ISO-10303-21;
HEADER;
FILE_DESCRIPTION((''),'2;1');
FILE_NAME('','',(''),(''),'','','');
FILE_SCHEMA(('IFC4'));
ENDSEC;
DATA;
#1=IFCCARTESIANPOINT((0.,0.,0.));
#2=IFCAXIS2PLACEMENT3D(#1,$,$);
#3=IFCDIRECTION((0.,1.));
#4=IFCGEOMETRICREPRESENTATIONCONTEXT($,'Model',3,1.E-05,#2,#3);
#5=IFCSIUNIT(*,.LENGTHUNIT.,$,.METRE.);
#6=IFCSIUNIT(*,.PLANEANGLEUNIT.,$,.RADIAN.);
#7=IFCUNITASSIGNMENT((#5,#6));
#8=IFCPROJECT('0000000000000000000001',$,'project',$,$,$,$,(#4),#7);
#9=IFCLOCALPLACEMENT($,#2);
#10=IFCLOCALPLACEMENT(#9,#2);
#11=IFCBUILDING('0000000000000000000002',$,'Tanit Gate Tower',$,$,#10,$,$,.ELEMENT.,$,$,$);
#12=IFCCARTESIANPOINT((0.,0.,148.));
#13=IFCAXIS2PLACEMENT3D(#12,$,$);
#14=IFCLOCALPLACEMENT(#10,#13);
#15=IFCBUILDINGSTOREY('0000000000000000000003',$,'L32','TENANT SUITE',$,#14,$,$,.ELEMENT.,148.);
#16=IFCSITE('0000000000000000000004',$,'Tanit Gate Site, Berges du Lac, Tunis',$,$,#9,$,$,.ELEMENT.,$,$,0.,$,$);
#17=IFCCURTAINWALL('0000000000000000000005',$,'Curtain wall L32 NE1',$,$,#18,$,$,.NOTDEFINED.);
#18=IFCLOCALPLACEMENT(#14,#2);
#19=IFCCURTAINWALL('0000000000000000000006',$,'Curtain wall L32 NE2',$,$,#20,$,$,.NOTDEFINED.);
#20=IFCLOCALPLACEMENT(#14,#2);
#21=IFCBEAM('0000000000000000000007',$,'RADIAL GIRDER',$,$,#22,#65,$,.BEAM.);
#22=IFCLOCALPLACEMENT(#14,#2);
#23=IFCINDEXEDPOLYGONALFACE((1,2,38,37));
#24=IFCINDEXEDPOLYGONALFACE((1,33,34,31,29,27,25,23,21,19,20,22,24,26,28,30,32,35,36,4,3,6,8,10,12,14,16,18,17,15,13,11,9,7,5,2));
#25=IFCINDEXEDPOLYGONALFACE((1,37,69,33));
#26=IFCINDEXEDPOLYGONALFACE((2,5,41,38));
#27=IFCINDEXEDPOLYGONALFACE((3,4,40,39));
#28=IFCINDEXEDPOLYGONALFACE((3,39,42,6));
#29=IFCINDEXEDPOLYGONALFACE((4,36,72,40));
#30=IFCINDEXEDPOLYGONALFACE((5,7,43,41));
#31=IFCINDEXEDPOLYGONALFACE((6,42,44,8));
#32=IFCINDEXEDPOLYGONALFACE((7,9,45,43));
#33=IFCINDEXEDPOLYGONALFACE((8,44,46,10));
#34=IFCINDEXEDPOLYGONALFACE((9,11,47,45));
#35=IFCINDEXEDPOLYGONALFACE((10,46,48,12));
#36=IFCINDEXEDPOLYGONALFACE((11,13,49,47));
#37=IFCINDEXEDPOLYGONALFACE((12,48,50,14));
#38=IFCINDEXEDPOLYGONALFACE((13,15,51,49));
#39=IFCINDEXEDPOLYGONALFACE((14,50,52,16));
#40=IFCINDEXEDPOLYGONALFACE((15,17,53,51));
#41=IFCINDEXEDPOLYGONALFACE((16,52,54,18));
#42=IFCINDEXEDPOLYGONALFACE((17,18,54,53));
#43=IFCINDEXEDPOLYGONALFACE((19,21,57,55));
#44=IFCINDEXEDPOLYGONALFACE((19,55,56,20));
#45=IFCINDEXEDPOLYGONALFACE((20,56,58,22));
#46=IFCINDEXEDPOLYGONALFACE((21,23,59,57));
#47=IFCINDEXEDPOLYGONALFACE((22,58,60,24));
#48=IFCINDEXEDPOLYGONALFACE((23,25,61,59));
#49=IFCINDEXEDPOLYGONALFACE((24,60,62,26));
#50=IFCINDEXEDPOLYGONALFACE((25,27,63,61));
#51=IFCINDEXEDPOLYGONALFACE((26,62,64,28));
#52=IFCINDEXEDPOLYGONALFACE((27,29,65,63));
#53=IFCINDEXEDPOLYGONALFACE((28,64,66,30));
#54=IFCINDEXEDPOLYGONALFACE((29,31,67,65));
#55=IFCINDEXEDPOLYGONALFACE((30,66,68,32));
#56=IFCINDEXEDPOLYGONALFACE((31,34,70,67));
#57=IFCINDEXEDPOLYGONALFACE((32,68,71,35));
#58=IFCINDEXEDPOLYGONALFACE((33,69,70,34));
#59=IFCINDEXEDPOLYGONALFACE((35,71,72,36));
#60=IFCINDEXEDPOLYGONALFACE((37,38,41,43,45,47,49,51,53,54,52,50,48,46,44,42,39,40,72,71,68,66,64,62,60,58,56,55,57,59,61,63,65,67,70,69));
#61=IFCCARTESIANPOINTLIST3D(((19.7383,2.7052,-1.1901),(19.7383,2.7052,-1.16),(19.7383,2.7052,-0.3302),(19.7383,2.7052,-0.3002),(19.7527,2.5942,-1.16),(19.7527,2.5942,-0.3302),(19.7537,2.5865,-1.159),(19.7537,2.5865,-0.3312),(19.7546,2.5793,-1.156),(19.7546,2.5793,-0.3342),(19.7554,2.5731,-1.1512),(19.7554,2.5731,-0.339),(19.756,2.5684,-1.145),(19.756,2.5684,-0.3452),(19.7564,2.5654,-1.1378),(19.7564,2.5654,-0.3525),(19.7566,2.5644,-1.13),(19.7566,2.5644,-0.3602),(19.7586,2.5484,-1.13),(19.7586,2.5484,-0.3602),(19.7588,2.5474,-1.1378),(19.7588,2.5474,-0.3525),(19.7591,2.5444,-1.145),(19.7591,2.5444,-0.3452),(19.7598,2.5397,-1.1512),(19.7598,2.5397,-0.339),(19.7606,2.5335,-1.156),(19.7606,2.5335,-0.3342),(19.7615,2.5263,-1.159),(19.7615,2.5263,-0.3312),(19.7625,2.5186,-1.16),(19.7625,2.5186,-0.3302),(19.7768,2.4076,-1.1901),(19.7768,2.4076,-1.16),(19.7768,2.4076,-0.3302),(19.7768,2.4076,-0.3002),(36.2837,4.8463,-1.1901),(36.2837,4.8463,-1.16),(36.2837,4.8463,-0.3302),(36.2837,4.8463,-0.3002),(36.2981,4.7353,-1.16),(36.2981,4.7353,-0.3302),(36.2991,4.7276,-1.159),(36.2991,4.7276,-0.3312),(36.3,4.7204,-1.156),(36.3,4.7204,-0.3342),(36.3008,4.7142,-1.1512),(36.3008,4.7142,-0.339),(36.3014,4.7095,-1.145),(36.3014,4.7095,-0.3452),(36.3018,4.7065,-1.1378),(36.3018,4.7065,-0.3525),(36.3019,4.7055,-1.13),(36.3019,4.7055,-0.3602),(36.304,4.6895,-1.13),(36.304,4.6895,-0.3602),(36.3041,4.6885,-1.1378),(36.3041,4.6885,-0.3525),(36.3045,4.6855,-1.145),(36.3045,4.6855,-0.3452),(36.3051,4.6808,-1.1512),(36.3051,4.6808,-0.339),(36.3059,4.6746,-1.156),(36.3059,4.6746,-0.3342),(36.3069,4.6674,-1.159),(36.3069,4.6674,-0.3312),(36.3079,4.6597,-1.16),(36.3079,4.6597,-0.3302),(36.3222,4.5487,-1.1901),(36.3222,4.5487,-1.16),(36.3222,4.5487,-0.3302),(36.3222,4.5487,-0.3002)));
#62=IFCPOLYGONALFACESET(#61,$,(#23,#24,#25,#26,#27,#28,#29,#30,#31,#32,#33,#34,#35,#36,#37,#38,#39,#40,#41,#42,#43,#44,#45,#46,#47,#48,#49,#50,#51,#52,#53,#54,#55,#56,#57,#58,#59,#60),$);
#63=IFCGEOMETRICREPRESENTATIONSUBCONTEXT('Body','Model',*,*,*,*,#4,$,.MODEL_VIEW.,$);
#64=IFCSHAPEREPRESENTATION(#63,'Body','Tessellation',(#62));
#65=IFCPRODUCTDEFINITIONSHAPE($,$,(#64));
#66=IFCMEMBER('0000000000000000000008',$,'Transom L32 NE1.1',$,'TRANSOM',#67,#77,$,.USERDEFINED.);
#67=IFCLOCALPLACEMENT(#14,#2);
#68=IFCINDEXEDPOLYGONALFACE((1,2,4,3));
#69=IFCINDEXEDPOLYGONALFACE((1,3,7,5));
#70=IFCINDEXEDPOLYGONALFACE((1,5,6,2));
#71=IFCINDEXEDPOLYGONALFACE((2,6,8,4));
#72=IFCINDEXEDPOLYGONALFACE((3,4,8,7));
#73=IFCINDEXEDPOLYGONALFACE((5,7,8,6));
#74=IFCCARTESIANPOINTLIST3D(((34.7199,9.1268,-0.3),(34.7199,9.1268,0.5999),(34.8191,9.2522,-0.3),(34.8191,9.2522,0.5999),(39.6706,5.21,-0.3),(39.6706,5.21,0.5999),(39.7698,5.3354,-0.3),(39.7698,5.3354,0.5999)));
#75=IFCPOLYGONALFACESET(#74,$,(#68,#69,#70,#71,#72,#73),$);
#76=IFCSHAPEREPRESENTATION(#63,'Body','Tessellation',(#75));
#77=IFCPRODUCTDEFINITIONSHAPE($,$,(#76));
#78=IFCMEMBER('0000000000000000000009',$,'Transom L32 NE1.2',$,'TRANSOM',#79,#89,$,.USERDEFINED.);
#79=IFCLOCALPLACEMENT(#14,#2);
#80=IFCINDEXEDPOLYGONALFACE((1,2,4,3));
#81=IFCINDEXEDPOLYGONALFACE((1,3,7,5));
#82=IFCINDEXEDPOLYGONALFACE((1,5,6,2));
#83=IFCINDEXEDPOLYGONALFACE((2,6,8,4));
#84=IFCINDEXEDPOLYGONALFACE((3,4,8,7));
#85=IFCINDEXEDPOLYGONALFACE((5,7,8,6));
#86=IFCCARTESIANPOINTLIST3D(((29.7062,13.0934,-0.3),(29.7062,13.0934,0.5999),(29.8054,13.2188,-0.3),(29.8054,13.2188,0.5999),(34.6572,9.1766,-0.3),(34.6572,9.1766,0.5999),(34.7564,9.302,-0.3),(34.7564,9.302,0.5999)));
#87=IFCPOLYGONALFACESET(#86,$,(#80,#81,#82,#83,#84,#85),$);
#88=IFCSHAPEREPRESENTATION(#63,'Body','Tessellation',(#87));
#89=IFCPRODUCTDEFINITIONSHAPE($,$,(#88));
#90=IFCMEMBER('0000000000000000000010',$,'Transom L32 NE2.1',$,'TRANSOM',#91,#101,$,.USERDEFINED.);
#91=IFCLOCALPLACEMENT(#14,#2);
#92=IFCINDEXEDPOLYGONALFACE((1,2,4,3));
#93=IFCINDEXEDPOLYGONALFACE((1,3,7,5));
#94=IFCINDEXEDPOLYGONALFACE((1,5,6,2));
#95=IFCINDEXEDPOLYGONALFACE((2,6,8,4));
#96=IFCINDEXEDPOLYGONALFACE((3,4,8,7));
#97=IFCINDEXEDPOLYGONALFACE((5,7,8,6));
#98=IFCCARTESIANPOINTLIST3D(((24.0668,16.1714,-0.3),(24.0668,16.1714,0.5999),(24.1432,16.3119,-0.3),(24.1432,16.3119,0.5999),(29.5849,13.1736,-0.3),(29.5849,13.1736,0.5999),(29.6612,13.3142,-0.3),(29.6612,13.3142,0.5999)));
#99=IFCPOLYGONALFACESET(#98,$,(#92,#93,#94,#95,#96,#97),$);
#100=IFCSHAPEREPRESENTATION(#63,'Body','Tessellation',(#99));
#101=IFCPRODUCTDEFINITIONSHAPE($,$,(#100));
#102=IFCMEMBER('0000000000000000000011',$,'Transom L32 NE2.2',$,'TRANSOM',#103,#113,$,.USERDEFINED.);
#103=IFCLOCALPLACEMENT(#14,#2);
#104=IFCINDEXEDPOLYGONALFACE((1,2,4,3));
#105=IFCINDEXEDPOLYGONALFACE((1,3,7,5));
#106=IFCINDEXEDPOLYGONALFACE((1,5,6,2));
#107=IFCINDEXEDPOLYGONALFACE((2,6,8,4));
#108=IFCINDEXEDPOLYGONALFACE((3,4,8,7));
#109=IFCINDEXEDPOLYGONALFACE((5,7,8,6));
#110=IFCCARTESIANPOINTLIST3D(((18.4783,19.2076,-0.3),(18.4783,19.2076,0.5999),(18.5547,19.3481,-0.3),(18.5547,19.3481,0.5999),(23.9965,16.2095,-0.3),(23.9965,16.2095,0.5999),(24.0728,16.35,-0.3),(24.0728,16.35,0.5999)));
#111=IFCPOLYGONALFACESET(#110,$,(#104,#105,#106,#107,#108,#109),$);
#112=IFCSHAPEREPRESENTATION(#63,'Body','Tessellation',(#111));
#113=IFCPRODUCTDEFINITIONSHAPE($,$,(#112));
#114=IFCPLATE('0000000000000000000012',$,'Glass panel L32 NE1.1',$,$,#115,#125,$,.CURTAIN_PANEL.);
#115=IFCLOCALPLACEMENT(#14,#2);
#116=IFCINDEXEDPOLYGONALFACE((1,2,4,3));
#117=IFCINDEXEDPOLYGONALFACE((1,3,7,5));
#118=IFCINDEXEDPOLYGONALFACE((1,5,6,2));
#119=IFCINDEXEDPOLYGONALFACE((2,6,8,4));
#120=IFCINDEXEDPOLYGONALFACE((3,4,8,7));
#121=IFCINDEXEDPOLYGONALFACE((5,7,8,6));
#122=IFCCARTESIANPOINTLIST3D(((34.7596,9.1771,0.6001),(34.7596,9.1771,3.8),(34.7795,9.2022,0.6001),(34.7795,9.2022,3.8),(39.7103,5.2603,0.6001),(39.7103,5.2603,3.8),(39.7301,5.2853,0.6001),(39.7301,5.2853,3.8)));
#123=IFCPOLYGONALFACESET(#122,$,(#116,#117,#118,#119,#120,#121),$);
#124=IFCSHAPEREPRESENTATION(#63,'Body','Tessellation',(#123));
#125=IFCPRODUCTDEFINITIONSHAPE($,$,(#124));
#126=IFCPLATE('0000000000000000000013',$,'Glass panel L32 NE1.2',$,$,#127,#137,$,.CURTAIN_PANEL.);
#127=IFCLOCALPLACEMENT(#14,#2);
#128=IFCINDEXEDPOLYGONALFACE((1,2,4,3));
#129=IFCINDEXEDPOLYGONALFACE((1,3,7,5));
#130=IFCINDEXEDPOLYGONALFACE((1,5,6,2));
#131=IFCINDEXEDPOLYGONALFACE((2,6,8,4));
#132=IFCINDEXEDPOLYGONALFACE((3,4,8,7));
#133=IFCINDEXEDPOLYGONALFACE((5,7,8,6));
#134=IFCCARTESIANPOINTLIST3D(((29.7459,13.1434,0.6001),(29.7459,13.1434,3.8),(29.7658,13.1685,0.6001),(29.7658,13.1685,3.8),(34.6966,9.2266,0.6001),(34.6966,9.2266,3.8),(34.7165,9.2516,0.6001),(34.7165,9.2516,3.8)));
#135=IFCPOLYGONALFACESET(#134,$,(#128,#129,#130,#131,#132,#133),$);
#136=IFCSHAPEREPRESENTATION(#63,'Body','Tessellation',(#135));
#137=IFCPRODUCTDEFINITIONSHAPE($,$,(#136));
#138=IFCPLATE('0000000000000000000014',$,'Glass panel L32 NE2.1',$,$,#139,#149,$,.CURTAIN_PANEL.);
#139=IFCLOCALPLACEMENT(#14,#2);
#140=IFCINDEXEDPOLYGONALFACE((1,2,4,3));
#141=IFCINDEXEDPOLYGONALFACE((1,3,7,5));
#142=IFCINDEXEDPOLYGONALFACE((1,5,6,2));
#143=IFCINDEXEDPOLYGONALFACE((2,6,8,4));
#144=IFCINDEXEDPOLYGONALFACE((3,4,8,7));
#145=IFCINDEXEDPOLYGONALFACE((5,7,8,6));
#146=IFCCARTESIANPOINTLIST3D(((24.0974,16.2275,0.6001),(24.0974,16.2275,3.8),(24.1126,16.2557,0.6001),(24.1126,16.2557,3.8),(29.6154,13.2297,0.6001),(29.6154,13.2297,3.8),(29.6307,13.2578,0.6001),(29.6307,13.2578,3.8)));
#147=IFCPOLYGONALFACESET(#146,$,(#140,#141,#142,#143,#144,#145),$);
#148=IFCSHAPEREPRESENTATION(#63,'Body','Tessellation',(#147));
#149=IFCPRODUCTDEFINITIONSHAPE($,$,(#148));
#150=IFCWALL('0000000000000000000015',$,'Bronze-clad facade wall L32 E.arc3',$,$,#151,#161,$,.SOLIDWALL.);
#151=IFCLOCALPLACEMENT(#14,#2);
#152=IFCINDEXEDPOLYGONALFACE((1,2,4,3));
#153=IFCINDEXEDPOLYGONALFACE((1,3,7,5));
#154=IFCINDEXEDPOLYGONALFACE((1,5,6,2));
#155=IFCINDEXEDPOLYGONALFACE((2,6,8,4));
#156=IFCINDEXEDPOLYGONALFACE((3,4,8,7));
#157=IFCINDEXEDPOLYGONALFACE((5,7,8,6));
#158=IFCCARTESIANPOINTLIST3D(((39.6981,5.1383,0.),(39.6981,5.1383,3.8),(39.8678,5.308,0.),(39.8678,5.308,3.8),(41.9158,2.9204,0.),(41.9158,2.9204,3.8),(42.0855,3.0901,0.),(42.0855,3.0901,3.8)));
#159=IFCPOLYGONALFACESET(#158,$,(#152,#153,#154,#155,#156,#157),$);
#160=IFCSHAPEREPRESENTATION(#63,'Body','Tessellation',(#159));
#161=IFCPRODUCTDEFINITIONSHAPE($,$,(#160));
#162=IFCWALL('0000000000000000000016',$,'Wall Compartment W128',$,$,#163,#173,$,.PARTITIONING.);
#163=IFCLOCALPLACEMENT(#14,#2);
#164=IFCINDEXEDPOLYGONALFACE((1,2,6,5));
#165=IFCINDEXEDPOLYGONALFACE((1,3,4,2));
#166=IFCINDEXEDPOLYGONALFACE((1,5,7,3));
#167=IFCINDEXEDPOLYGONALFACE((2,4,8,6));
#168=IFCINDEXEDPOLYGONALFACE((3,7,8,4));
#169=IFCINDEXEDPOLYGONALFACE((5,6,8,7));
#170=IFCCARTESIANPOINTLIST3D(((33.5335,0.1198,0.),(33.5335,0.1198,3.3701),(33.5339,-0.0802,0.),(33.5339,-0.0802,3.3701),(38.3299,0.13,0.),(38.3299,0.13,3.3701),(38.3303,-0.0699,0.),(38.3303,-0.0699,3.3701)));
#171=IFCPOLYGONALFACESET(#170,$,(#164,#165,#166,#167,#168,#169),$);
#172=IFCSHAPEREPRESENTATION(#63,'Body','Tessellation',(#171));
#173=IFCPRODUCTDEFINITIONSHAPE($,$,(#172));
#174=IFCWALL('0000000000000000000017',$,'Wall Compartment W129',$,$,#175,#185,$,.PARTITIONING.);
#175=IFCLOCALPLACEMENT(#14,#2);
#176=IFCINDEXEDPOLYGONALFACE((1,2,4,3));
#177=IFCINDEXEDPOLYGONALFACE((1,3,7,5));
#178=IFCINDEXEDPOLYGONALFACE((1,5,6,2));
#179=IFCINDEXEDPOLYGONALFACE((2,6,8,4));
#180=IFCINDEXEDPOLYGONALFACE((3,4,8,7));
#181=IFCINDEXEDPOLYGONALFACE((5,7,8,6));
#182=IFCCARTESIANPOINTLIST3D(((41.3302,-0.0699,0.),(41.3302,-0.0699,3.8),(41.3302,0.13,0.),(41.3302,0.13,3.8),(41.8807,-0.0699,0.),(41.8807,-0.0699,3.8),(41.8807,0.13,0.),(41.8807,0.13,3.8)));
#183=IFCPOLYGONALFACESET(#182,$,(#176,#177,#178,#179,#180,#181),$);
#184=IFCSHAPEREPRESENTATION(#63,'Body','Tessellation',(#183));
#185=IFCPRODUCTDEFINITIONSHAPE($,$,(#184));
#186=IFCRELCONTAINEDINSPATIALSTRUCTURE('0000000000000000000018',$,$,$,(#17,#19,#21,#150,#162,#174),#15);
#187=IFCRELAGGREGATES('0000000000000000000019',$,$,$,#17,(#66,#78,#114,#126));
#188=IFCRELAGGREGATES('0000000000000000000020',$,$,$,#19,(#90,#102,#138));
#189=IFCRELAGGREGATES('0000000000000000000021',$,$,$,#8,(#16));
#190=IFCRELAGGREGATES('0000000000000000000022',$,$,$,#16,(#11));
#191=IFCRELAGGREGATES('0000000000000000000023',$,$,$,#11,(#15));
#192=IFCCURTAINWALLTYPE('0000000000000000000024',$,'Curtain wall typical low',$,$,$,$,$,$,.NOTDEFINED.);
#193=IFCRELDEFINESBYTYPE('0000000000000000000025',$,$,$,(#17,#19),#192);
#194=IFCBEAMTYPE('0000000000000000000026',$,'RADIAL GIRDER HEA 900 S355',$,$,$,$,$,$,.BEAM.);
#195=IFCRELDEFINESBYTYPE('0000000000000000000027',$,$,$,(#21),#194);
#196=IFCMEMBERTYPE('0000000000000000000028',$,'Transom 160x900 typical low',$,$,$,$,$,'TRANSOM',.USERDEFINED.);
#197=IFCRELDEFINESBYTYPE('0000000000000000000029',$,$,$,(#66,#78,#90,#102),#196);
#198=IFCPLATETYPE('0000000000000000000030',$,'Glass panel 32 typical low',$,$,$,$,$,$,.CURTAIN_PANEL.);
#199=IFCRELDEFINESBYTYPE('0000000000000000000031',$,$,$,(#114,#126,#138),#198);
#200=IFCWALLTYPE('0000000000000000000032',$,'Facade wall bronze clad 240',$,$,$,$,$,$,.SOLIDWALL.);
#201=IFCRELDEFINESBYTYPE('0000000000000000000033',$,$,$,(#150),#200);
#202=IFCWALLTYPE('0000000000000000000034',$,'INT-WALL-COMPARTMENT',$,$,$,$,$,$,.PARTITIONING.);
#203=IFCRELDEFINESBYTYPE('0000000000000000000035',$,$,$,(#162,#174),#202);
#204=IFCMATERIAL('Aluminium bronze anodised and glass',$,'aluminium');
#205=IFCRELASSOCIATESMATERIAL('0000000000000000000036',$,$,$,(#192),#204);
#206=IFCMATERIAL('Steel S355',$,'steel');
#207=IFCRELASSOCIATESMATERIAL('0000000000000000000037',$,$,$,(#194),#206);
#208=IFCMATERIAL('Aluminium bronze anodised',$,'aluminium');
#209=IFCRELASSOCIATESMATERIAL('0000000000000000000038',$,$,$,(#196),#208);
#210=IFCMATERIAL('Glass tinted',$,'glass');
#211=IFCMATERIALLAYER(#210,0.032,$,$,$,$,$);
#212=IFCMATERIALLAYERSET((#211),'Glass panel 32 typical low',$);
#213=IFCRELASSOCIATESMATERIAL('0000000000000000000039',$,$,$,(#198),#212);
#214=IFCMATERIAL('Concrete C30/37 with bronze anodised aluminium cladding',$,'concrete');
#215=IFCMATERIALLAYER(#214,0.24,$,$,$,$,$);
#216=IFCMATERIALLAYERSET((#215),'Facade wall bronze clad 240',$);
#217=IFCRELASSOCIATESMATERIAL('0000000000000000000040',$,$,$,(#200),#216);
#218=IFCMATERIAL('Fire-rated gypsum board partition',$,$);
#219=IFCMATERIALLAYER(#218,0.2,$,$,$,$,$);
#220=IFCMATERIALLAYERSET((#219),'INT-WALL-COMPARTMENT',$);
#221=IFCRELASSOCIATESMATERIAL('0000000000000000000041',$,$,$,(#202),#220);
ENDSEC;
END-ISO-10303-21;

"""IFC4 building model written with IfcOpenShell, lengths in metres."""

from ifc_helpers import new_model, si_unit, direction, frame, frame_2d, origin, origin_2d, place, context, subcontext, project, spatial, rectangle, i_section, extrude, material, layer, layer_set, material_profile, profile_set, type_object, element, aggregate, save


model = new_model("IFC4")

# Units and contexts
model_context = context("Model", 3, precision=1e-05, world=origin(), true_north=direction((0.0, 1.0)))
body_context = subcontext(model_context, "Body", "Model", "MODEL_VIEW")
ifc_project = project(units=[si_unit("LENGTHUNIT", "METRE"), si_unit("PLANEANGLEUNIT", "RADIAN")], contexts=[model_context])

# Site, building, storey
site_placement = place(None, origin())
site = spatial("IfcSite", under=ifc_project, at=site_placement, Name="Tanit Gate Site, Berges du Lac, Tunis", CompositionType="ELEMENT", RefElevation=0.0)
building_placement = place(site_placement, origin())
building = spatial("IfcBuilding", under=site, at=building_placement, Name="Tanit Gate Tower", CompositionType="ELEMENT")
storey_placement = place(building_placement, frame((0.0, 0.0, 148.0)))
storey = spatial("IfcBuildingStorey", under=building, at=storey_placement, Name="L32", Description="TENANT SUITE", CompositionType="ELEMENT", Elevation=148.0)

# Curtain wall
ifc_material_1 = material(Name="Aluminium bronze anodised and glass", Category="aluminium")
curtain_wall_type = type_object("IfcCurtainWallType", Name="Curtain wall typical low", PredefinedType="NOTDEFINED", material=ifc_material_1)
curtain_wall_1_placement = place(storey_placement, origin())
curtain_wall_1 = element("IfcCurtainWall", 1, at=curtain_wall_1_placement, inside=storey, type_object=curtain_wall_type, Name="Curtain wall L32 NE1", PredefinedType="NOTDEFINED")

# Curtain wall
curtain_wall_2_placement = place(storey_placement, origin())
curtain_wall_2 = element("IfcCurtainWall", 2, at=curtain_wall_2_placement, inside=storey, type_object=curtain_wall_type, Name="Curtain wall L32 NE2", PredefinedType="NOTDEFINED")

# Beam
ifc_material_2 = material(Name="Steel S355", Category="steel")
ifc_material_profile_1 = material_profile(ifc_material_2, i_section(OverallWidth=0.3, OverallDepth=0.8899, WebThickness=0.0161, FlangeThickness=0.03, FilletRadius=0.03, at=origin_2d()), Name="HEA 900")
ifc_profile_set_1 = profile_set([ifc_material_profile_1], Name="Steel S355")
beam_type_1 = type_object("IfcBeamType", Name="RADIAL GIRDER HEA 900 S355", PredefinedType="BEAM", material=ifc_profile_set_1)
beam_1_placement = place(storey_placement, frame((36.303, 4.6975, -0.7451), z_axis=(-0.99173, -0.128338, 0.0), x_axis=(0.128338, -0.99173, 0.0)))
element("IfcBeam", 3, at=beam_1_placement, inside=storey, type_object=beam_type_1, Name="RADIAL GIRDER", PredefinedType="BEAM", context=body_context, shape_type="SweptSolid", body=[
    extrude(i_section(OverallWidth=0.3, OverallDepth=0.8899, WebThickness=0.0161, FlangeThickness=0.03, FilletRadius=0.03, at=origin_2d()), origin(), (0.0, 0.0, 1.0), 16.6833),
])

# Members
ifc_material_3 = material(Name="Aluminium bronze anodised", Category="aluminium")
ifc_material_profile_2 = material_profile(ifc_material_3, rectangle(XDim=0.1599, YDim=0.8999, at=origin_2d()), Name="160x900 bronze transom")
ifc_profile_set_2 = profile_set([ifc_material_profile_2], Name="Aluminium bronze anodised")
member_type_1 = type_object("IfcMemberType", Name="Transom 160x900 typical low", ElementType="TRANSOM", PredefinedType="USERDEFINED", material=ifc_profile_set_2)
member_1_placement = place(storey_placement, frame((39.7202, 5.2727, 0.1499), z_axis=(-0.784242, 0.620455, 0.0), x_axis=(-0.620455, -0.784242, 0.0)))
member_1 = element("IfcMember", 4, at=member_1_placement, type_object=member_type_1, Name="Transom L32 NE1.1", ObjectType="TRANSOM", PredefinedType="USERDEFINED", context=body_context, shape_type="SweptSolid", body=[
    extrude(rectangle(XDim=0.1599, YDim=0.8999, at=origin_2d()), origin(), (0.0, 0.0, 1.0), 6.3127),
])
member_2_placement = place(storey_placement, frame((34.7068, 9.2393, 0.1499), z_axis=(-0.784257, 0.620436, 0.0), x_axis=(-0.620436, -0.784257, 0.0)))
member_2 = element("IfcMember", 5, at=member_2_placement, type_object=member_type_1, Name="Transom L32 NE1.2", ObjectType="TRANSOM", PredefinedType="USERDEFINED", context=body_context, shape_type="SweptSolid", body=[
    extrude(rectangle(XDim=0.1599, YDim=0.8999, at=origin_2d()), origin(), (0.0, 0.0, 1.0), 6.313),
])
member_3_placement = place(storey_placement, frame((29.623, 13.2439, 0.1499), z_axis=(-0.878701, 0.477372, 0.0), x_axis=(-0.477372, -0.878701, 0.0)))
member_3 = element("IfcMember", 6, at=member_3_placement, type_object=member_type_1, Name="Transom L32 NE2.1", ObjectType="TRANSOM", PredefinedType="USERDEFINED", context=body_context, shape_type="SweptSolid", body=[
    extrude(rectangle(XDim=0.1599, YDim=0.8999, at=origin_2d()), origin(), (0.0, 0.0, 1.0), 6.2798),
])
member_4_placement = place(storey_placement, frame((24.0347, 16.2798, 0.1499), z_axis=(-0.878685, 0.477402, 0.0), x_axis=(-0.477402, -0.878685, 0.0)))
member_4 = element("IfcMember", 7, at=member_4_placement, type_object=member_type_1, Name="Transom L32 NE2.2", ObjectType="TRANSOM", PredefinedType="USERDEFINED", context=body_context, shape_type="SweptSolid", body=[
    extrude(rectangle(XDim=0.1599, YDim=0.8999, at=origin_2d()), origin(), (0.0, 0.0, 1.0), 6.28),
])

# Plates
ifc_material_4 = material(Name="Glass tinted", Category="glass")
ifc_layer_1 = layer(ifc_material_4, 0.032)
ifc_layer_set_1 = layer_set([ifc_layer_1], Name="Glass panel 32 typical low")
plate_type = type_object("IfcPlateType", Name="Glass panel 32 typical low", PredefinedType="CURTAIN_PANEL", material=ifc_layer_set_1)
plate_1_placement = place(storey_placement, frame((37.2449, 7.2312, 0.6001), z_axis=(0.0, 0.0, 1.0), x_axis=(-0.784237, 0.620462, 0.0)))
plate_1 = element("IfcPlate", 8, at=plate_1_placement, type_object=plate_type, Name="Glass panel L32 NE1.1", PredefinedType="CURTAIN_PANEL", context=body_context, shape_type="SweptSolid", body=[
    extrude(rectangle(XDim=6.3127, YDim=0.032, at=origin_2d()), origin(), (0.0, 0.0, 1.0), 3.2),
])
plate_2_placement = place(storey_placement, frame((32.2312, 11.1975, 0.6001), z_axis=(0.0, 0.0, 1.0), x_axis=(-0.784237, 0.620462, 0.0)))
plate_2 = element("IfcPlate", 9, at=plate_2_placement, type_object=plate_type, Name="Glass panel L32 NE1.2", PredefinedType="CURTAIN_PANEL", context=body_context, shape_type="SweptSolid", body=[
    extrude(rectangle(XDim=6.3127, YDim=0.032, at=origin_2d()), origin(), (0.0, 0.0, 1.0), 3.2),
])
aggregate(curtain_wall_1, [member_1, member_2, plate_1, plate_2])
plate_3_placement = place(storey_placement, frame((26.864, 14.7427, 0.6001), z_axis=(0.0, 0.0, 1.0), x_axis=(-0.878696, 0.477381, 0.0)))
plate_3 = element("IfcPlate", 10, at=plate_3_placement, type_object=plate_type, Name="Glass panel L32 NE2.1", PredefinedType="CURTAIN_PANEL", context=body_context, shape_type="SweptSolid", body=[
    extrude(rectangle(XDim=6.2798, YDim=0.032, at=origin_2d()), origin(), (0.0, 0.0, 1.0), 3.2),
])
aggregate(curtain_wall_2, [member_3, member_4, plate_3])

# Walls
ifc_material_5 = material(Name="Concrete C30/37 with bronze anodised aluminium cladding", Category="concrete")
ifc_layer_2 = layer(ifc_material_5, 0.24)
ifc_layer_set_2 = layer_set([ifc_layer_2], Name="Facade wall bronze clad 240")
wall_type_1 = type_object("IfcWallType", Name="Facade wall bronze clad 240", PredefinedType="SOLIDWALL", material=ifc_layer_set_2)
wall_1_placement = place(storey_placement, frame((42.0007, 3.0051, 0.0), z_axis=(0.0, 0.0, 1.0), x_axis=(-0.707068, 0.707146, 0.0)))
element("IfcWall", 11, at=wall_1_placement, inside=storey, type_object=wall_type_1, Name="Bronze-clad facade wall L32 E.arc3", PredefinedType="SOLIDWALL", context=body_context, shape_type="SweptSolid", body=[
    extrude(rectangle(XDim=3.1365, YDim=0.24, at=frame_2d((1.5684, 0.0))), origin(), (0.0, 0.0, 1.0), 3.8),
])
ifc_material_6 = material(Name="Fire-rated gypsum board partition")
ifc_layer_3 = layer(ifc_material_6, 0.2)
ifc_layer_set_3 = layer_set([ifc_layer_3], Name="INT-WALL-COMPARTMENT")
wall_type_2 = type_object("IfcWallType", Name="INT-WALL-COMPARTMENT", PredefinedType="PARTITIONING", material=ifc_layer_set_3)
wall_2_placement = place(storey_placement, frame((33.5337, 0.0198, 0.0), z_axis=(0.0, 0.0, 1.0), x_axis=(0.999998, 0.002138, 0.0)))
element("IfcWall", 12, at=wall_2_placement, inside=storey, type_object=wall_type_2, Name="Wall Compartment W128", PredefinedType="PARTITIONING", context=body_context, shape_type="SweptSolid", body=[
    extrude(rectangle(XDim=4.7964, YDim=0.2, at=frame_2d((2.3982, 0.0))), origin(), (0.0, 0.0, 1.0), 3.3701),
])
wall_3_placement = place(storey_placement, frame((41.3301, 0.03, 0.0), z_axis=(0.0, 0.0, 1.0), x_axis=(1.0, 0.0, 0.0)))
element("IfcWall", 13, at=wall_3_placement, inside=storey, type_object=wall_type_2, Name="Wall Compartment W129", PredefinedType="PARTITIONING", context=body_context, shape_type="SweptSolid", body=[
    extrude(rectangle(XDim=0.5505, YDim=0.2, at=frame_2d((0.2754, 0.0))), origin(), (0.0, 0.0, 1.0), 3.8),
])

save(model, "model.ifc")
